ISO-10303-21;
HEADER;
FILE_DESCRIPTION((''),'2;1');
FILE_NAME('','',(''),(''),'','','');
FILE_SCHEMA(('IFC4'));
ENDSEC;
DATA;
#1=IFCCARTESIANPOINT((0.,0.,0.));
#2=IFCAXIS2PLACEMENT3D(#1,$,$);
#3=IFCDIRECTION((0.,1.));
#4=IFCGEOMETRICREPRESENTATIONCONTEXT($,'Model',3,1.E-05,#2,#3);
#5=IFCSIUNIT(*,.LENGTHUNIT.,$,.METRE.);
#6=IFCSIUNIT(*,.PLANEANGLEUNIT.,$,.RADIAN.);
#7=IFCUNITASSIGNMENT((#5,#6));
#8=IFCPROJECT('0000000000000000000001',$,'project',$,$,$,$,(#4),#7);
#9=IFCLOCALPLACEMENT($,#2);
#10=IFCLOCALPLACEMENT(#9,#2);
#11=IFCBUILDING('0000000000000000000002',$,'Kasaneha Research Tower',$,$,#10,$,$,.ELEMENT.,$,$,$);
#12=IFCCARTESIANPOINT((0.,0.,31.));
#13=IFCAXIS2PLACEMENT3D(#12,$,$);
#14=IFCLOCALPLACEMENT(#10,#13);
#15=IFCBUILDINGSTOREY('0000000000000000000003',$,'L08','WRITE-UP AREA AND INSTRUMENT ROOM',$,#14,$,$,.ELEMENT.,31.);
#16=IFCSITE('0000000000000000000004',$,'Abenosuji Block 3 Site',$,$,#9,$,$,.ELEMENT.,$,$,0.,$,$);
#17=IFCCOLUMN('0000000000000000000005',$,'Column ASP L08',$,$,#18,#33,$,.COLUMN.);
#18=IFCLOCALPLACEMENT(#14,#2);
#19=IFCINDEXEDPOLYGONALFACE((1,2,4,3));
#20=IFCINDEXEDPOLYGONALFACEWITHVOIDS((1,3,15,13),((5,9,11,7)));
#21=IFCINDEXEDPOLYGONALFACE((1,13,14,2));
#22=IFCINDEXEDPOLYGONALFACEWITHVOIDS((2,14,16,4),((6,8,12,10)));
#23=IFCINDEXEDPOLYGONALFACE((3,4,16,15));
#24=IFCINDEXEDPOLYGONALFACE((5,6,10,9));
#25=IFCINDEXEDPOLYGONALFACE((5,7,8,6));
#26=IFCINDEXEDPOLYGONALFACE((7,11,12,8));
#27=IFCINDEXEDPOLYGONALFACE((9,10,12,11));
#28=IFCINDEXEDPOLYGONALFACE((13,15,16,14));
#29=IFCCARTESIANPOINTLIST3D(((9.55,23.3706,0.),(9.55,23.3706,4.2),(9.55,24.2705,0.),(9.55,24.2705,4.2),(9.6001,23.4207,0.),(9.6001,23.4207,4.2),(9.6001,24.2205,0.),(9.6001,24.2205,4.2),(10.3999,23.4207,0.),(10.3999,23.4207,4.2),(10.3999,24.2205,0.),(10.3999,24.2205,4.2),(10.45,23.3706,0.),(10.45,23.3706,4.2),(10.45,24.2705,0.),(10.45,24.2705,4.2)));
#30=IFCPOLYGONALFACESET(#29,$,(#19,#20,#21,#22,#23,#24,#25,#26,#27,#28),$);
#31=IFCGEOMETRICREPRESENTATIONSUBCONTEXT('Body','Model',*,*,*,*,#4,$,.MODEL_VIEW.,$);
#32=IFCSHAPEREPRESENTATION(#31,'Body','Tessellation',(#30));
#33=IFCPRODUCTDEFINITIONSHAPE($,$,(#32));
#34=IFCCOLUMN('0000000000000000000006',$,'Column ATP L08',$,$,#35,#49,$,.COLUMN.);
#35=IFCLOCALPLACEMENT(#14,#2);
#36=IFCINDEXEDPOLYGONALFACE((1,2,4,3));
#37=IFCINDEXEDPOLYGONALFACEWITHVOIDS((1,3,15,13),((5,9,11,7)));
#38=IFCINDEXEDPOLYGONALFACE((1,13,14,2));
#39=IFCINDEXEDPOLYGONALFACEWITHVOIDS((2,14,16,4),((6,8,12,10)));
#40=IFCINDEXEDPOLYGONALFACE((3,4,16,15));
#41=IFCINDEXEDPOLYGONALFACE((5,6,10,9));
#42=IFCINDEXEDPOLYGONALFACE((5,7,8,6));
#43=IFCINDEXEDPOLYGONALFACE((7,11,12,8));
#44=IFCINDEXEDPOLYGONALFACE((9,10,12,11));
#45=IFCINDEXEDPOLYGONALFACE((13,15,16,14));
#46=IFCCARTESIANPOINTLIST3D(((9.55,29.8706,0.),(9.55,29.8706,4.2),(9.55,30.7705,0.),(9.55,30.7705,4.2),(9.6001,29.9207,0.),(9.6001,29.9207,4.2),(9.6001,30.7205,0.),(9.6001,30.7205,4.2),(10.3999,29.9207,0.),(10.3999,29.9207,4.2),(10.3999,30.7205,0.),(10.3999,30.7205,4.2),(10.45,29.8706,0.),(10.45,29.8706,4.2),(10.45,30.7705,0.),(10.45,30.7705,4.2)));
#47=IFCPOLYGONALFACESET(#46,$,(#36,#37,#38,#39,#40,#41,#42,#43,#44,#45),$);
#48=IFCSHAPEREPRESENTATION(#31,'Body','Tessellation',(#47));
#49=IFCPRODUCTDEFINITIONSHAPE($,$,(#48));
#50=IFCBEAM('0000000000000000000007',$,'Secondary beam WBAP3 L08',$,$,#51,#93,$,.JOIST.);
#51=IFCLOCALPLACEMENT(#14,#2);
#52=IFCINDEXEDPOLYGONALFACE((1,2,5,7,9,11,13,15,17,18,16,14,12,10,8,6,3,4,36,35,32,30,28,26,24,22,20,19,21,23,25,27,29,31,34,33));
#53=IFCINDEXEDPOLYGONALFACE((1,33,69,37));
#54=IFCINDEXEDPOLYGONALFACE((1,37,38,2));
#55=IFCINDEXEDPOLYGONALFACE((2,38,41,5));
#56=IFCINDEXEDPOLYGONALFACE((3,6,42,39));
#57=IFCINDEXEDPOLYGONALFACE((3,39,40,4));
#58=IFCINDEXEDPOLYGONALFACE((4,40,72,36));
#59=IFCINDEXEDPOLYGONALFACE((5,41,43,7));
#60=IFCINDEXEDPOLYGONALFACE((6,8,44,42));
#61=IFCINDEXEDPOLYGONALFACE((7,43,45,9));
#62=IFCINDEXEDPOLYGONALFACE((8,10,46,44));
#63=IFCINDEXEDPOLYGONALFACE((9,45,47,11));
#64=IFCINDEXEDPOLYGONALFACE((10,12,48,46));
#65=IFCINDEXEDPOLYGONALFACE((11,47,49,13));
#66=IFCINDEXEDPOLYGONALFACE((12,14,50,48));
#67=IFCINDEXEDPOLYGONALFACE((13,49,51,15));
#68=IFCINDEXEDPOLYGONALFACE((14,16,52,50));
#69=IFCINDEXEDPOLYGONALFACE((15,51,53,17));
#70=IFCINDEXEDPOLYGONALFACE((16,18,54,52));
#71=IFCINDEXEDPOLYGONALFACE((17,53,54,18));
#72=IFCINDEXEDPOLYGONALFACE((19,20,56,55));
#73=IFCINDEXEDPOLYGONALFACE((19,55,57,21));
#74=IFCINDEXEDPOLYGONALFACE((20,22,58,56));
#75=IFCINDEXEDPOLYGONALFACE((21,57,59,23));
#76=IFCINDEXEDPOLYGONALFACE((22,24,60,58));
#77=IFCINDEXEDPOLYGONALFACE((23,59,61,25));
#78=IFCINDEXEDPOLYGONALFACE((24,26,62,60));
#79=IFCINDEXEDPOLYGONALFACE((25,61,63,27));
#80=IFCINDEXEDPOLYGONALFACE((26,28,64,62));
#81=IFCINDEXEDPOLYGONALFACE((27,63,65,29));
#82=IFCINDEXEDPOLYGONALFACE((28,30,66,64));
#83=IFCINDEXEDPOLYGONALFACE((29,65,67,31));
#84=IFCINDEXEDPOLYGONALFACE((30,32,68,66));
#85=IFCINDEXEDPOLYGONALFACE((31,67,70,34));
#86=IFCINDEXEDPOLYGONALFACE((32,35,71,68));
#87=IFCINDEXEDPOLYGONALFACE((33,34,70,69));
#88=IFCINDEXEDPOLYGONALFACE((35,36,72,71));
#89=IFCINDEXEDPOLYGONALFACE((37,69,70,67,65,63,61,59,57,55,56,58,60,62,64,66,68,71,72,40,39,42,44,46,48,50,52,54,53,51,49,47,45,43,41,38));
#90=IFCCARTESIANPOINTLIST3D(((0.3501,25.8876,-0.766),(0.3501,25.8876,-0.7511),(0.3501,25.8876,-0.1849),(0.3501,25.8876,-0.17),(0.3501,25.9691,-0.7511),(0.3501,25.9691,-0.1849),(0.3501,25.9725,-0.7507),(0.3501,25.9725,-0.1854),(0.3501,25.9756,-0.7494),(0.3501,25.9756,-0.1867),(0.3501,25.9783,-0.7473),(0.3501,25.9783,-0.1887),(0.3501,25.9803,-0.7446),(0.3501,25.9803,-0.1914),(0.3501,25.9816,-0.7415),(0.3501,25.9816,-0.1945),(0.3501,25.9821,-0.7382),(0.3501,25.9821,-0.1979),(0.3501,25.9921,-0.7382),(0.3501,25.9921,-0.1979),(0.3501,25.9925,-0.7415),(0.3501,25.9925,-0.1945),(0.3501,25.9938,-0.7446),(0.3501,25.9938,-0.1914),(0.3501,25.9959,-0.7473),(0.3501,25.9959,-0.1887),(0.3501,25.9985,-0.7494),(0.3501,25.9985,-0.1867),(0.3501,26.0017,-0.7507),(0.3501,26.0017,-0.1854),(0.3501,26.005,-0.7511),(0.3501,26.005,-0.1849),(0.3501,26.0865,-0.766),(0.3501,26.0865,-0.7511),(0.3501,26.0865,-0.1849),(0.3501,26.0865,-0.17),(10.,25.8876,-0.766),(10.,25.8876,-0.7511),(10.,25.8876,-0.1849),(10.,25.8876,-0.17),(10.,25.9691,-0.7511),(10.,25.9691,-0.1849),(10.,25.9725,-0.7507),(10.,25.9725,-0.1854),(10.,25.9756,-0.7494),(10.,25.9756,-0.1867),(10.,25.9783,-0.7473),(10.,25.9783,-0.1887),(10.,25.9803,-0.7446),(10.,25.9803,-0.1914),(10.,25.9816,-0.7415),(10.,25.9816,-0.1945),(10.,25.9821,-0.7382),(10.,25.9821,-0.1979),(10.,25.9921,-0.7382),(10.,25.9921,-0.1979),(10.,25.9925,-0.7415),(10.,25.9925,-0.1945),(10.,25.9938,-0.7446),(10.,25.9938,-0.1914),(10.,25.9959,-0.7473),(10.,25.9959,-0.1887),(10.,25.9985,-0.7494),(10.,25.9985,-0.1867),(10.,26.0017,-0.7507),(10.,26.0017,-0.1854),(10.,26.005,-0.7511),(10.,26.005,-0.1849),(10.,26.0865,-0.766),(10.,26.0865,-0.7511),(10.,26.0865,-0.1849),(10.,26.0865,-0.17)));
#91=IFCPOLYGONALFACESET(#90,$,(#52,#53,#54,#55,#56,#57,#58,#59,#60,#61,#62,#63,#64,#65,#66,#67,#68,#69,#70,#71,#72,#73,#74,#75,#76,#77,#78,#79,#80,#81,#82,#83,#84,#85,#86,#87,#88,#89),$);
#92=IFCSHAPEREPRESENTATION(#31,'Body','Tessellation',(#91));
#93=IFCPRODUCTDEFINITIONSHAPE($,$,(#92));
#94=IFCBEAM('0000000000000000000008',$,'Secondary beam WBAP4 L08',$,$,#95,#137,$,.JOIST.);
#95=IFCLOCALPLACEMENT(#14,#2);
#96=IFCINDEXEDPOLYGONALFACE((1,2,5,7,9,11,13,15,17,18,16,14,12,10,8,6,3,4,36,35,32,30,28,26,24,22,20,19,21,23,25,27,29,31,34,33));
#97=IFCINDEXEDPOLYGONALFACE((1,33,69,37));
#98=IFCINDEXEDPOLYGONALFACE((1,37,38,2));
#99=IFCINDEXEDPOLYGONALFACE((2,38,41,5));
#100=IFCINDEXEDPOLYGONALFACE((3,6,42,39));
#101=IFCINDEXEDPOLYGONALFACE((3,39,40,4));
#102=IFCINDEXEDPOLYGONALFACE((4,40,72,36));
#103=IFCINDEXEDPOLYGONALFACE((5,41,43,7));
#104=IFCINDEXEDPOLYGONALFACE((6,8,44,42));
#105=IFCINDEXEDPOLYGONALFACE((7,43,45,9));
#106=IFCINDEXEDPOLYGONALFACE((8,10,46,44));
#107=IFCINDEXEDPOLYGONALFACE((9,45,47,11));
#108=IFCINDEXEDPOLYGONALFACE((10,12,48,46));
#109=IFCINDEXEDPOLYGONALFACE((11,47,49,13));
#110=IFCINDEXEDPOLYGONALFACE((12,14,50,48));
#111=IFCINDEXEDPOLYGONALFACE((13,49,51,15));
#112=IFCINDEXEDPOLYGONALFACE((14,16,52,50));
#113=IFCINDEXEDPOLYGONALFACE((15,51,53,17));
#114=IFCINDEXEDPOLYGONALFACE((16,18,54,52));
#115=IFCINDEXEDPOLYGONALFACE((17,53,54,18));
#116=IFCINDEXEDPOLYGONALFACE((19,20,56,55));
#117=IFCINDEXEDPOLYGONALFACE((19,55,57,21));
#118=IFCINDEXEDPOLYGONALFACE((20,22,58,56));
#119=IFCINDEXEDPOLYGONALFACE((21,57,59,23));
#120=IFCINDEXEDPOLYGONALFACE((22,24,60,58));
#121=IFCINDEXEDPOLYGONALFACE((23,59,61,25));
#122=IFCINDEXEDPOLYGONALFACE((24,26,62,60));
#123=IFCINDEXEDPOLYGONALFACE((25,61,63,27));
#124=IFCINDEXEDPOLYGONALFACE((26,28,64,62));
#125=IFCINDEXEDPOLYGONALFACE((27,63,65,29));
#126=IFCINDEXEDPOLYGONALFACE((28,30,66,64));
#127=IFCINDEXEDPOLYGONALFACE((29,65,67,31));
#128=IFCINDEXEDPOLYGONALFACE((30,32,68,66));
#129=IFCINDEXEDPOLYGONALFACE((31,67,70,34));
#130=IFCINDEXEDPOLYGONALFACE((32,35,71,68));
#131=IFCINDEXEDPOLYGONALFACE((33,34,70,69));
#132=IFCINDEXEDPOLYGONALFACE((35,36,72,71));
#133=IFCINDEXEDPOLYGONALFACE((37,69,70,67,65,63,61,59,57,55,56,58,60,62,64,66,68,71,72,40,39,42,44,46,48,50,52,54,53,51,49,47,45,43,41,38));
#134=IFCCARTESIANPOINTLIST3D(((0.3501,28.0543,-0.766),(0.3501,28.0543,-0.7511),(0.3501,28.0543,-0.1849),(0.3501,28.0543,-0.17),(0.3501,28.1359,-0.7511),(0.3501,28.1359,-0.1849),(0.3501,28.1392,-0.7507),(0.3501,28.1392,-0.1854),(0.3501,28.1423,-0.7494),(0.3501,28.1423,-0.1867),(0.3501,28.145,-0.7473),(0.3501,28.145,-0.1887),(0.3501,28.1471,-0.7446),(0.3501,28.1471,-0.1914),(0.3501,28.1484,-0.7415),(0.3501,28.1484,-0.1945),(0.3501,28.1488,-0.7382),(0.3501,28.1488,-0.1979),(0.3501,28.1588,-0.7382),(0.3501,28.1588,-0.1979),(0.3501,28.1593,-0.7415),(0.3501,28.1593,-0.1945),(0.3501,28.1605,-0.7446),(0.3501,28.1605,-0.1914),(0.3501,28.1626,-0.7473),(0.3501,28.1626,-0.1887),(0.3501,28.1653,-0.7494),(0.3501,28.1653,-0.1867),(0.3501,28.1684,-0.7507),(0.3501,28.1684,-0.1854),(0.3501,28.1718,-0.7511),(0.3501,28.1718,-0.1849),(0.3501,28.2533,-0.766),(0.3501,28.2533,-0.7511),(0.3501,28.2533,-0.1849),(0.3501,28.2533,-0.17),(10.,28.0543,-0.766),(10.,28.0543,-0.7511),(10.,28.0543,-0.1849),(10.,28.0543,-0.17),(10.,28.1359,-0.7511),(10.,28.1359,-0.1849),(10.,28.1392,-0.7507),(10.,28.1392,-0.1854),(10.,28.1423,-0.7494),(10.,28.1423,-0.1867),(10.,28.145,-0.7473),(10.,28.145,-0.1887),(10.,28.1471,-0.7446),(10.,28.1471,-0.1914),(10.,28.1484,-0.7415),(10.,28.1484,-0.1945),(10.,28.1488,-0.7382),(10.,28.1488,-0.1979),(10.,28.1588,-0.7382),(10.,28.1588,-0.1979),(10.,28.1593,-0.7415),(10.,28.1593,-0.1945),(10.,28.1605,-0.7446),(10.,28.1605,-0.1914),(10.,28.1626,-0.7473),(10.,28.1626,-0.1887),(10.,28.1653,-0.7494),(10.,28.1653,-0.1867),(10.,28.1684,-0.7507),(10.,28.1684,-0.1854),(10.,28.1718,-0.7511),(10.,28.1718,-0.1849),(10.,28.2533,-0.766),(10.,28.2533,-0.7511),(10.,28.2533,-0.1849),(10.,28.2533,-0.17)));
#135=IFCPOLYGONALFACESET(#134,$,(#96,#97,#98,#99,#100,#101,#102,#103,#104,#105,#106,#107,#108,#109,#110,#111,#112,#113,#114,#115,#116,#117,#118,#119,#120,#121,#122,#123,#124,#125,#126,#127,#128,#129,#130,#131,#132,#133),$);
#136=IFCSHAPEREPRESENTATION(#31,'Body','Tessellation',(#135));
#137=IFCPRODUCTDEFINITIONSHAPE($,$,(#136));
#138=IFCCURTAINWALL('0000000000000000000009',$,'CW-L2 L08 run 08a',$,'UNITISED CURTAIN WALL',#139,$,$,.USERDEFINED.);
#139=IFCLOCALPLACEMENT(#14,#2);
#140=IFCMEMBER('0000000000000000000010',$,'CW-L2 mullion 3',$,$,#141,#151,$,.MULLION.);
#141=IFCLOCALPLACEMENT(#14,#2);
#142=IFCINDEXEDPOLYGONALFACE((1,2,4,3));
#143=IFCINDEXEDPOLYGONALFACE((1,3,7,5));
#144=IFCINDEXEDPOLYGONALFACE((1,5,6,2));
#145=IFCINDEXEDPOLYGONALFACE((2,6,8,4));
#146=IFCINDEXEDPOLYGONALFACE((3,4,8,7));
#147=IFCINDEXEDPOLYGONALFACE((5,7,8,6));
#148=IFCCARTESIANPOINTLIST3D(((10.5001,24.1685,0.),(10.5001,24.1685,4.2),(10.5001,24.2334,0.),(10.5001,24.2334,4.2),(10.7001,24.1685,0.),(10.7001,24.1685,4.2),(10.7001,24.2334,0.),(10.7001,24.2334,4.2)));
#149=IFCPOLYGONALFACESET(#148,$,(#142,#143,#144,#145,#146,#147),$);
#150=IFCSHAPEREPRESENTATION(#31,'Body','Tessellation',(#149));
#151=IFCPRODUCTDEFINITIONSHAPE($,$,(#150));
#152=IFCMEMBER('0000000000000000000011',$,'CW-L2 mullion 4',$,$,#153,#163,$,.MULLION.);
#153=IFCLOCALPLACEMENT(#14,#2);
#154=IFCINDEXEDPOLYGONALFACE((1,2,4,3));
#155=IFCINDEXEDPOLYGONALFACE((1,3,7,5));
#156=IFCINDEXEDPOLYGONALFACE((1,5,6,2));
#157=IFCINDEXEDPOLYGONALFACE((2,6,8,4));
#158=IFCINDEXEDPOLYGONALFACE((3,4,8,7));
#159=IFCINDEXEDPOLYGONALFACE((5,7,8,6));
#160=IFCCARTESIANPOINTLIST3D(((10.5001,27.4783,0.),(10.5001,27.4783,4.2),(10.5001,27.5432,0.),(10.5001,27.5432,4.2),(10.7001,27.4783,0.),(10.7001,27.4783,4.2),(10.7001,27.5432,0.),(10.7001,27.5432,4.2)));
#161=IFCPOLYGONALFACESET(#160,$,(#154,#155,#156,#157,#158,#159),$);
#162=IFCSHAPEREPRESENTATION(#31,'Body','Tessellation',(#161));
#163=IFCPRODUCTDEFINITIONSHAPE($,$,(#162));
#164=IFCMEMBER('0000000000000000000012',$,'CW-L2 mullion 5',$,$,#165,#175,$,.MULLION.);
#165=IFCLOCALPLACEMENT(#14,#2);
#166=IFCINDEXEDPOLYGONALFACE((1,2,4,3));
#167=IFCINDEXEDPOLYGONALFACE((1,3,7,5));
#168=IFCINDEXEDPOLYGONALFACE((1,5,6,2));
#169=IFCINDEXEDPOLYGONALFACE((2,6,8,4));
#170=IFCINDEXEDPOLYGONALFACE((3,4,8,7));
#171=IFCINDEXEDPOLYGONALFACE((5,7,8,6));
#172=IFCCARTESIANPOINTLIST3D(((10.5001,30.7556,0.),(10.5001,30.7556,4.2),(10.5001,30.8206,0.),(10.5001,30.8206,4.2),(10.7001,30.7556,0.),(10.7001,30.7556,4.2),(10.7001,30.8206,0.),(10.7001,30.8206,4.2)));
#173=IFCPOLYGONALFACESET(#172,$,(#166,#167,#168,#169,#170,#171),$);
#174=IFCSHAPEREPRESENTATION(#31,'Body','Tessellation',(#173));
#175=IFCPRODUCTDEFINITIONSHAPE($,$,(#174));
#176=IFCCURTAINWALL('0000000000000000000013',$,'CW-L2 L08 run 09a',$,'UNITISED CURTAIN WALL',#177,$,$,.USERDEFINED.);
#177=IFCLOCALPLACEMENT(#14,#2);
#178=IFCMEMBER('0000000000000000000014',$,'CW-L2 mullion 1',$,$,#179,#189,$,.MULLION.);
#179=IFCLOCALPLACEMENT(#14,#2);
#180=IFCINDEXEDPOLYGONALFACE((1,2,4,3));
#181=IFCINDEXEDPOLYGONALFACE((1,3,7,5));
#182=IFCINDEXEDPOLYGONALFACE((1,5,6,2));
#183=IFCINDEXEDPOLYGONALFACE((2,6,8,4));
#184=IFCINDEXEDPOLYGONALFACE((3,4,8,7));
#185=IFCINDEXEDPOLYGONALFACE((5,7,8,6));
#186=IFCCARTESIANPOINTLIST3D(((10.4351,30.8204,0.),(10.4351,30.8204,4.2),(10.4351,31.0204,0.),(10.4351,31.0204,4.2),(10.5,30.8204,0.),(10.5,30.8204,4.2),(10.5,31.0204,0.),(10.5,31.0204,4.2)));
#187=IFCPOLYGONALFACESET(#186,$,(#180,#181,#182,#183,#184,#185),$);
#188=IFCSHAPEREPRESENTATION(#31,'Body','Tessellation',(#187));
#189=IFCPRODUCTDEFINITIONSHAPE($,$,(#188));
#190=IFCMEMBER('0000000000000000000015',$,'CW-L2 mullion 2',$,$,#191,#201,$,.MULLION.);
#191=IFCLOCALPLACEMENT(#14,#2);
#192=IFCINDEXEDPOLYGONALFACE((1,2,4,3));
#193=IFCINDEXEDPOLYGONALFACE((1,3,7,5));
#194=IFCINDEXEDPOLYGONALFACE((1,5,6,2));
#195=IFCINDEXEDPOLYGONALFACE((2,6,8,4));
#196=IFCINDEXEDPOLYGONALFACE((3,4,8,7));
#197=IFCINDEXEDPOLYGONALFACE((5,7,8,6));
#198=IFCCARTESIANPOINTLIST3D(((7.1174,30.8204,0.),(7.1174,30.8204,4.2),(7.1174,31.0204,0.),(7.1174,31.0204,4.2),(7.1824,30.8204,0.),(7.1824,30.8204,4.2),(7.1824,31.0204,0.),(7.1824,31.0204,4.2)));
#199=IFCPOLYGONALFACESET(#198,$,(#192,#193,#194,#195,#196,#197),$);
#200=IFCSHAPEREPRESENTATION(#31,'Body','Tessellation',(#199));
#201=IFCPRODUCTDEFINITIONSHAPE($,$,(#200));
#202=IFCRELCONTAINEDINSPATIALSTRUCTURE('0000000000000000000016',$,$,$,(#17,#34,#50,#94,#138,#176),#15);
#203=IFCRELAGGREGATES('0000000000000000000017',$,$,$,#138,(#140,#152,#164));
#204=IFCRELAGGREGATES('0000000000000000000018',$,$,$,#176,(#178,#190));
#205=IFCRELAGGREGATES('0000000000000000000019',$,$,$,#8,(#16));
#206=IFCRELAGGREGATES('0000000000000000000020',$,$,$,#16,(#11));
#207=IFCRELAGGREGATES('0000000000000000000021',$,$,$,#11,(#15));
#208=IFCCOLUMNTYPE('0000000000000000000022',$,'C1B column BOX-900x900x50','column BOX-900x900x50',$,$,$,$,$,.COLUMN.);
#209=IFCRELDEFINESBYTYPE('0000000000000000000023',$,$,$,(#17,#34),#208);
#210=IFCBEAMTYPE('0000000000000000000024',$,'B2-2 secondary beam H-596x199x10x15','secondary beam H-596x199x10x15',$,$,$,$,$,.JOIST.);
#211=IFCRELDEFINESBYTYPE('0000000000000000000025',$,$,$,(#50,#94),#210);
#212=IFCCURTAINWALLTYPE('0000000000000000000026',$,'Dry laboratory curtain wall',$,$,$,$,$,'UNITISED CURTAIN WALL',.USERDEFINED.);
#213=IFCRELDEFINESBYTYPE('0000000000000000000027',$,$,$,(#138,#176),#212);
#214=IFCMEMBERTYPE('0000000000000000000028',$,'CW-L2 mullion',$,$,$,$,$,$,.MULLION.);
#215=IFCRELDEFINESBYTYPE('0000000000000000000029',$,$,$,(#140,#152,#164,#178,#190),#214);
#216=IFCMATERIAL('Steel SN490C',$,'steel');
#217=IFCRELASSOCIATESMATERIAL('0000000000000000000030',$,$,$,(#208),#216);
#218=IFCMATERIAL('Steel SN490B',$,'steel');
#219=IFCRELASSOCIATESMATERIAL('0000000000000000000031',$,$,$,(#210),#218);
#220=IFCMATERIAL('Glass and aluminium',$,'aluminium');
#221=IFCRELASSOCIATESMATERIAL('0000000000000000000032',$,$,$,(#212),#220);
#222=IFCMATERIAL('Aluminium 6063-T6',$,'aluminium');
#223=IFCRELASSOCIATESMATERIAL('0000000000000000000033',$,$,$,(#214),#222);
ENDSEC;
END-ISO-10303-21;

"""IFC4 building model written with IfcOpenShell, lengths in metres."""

from ifc_helpers import new_model, si_unit, direction, frame, origin, origin_2d, place, context, subcontext, project, spatial, rectangle, hollow_rectangle, i_section, extrude, material, material_profile, profile_set, type_object, element, aggregate, save


model = new_model("IFC4")

# Units and contexts
model_context = context("Model", 3, precision=1e-05, world=origin(), true_north=direction((0.0, 1.0)))
body_context = subcontext(model_context, "Body", "Model", "MODEL_VIEW")
ifc_project = project(units=[si_unit("LENGTHUNIT", "METRE"), si_unit("PLANEANGLEUNIT", "RADIAN")], contexts=[model_context])

# Site, building, storey
site_placement = place(None, origin())
site = spatial("IfcSite", under=ifc_project, at=site_placement, Name="Abenosuji Block 3 Site", CompositionType="ELEMENT", RefElevation=0.0)
building_placement = place(site_placement, origin())
building = spatial("IfcBuilding", under=site, at=building_placement, Name="Kasaneha Research Tower", CompositionType="ELEMENT")
storey_placement = place(building_placement, frame((0.0, 0.0, 31.0)))
storey = spatial("IfcBuildingStorey", under=building, at=storey_placement, Name="L08", Description="WRITE-UP AREA AND INSTRUMENT ROOM", CompositionType="ELEMENT", Elevation=31.0)

# Columns
ifc_material_1 = material(Name="Steel SN490C", Category="steel")
ifc_material_profile_1 = material_profile(ifc_material_1, hollow_rectangle(XDim=0.8999, YDim=0.8999, WallThickness=0.05, at=origin_2d()), Name="BOX-900x900x50")
ifc_profile_set_1 = profile_set([ifc_material_profile_1], Name="Steel SN490C")
column_type = type_object("IfcColumnType", Name="C1B column BOX-900x900x50", Description="column BOX-900x900x50", PredefinedType="COLUMN", material=ifc_profile_set_1)
for number, where, z_axis, x_axis, name in (
    (1, (10.0, 23.8206, 0.0), (0.0, 0.0, 1.0), (1.0, 0.0, 0.0), "Column ASP L08"),
    (2, (10.0, 30.3206, 0.0), (0.0, 0.0, 1.0), (1.0, 0.0, 0.0), "Column ATP L08"),
):
    element("IfcColumn", number, at=place(storey_placement, frame(where, z_axis=z_axis, x_axis=x_axis)), inside=storey, type_object=column_type, Name=name, PredefinedType="COLUMN", context=body_context, shape_type="SweptSolid", body=[
        extrude(hollow_rectangle(XDim=0.8999, YDim=0.8999, WallThickness=0.05, at=origin_2d()), origin(), (0.0, 0.0, 1.0), 4.2),
    ])

# Beams
ifc_material_2 = material(Name="Steel SN490B", Category="steel")
ifc_material_profile_2 = material_profile(ifc_material_2, i_section(OverallWidth=0.199, OverallDepth=0.5959, WebThickness=0.01, FlangeThickness=0.0149, FilletRadius=0.0129, at=origin_2d()), Name="H-596x199x10x15")
ifc_profile_set_2 = profile_set([ifc_material_profile_2], Name="Steel SN490B")
beam_type_1 = type_object("IfcBeamType", Name="B2-2 secondary beam H-596x199x10x15", Description="secondary beam H-596x199x10x15", PredefinedType="JOIST", material=ifc_profile_set_2)
for number, where, z_axis, x_axis, name in (
    (3, (10.0, 25.9871, -0.468), (-1.0, 0.0, 0.0), (0.0, -1.0, 0.0), "Secondary beam WBAP3 L08"),
    (4, (10.0, 28.1538, -0.468), (-1.0, 0.0, 0.0), (0.0, -1.0, 0.0), "Secondary beam WBAP4 L08"),
):
    element("IfcBeam", number, at=place(storey_placement, frame(where, z_axis=z_axis, x_axis=x_axis)), inside=storey, type_object=beam_type_1, Name=name, PredefinedType="JOIST", context=body_context, shape_type="SweptSolid", body=[
        extrude(i_section(OverallWidth=0.199, OverallDepth=0.5959, WebThickness=0.01, FlangeThickness=0.0149, FilletRadius=0.0129, at=origin_2d()), origin(), (0.0, 0.0, 1.0), 9.6499),
    ])

# Curtain walls, members
ifc_material_3 = material(Name="Glass and aluminium", Category="aluminium")
curtain_wall_type = type_object("IfcCurtainWallType", Name="Dry laboratory curtain wall", ElementType="UNITISED CURTAIN WALL", PredefinedType="USERDEFINED", material=ifc_material_3)
curtain_wall_1_placement = place(storey_placement, origin())
curtain_wall_1 = element("IfcCurtainWall", 5, at=curtain_wall_1_placement, inside=storey, type_object=curtain_wall_type, Name="CW-L2 L08 run 08a", ObjectType="UNITISED CURTAIN WALL", PredefinedType="USERDEFINED")
ifc_material_4 = material(Name="Aluminium 6063-T6", Category="aluminium")
ifc_material_profile_3 = material_profile(ifc_material_4, rectangle(XDim=0.0649, YDim=0.2, at=origin_2d()), Name="CW-L2 mullion 65x200")
ifc_profile_set_3 = profile_set([ifc_material_profile_3], Name="Aluminium 6063-T6")
member_type_1 = type_object("IfcMemberType", Name="CW-L2 mullion", PredefinedType="MULLION", material=ifc_profile_set_3)
member_1_placement = place(storey_placement, frame((10.6001, 24.2009, 0.0), z_axis=(0.0, 0.0, 1.0), x_axis=(0.0, 1.0, 0.0)))
member_1 = element("IfcMember", 6, at=member_1_placement, type_object=member_type_1, Name="CW-L2 mullion 3", PredefinedType="MULLION", context=body_context, shape_type="SweptSolid", body=[
    extrude(rectangle(XDim=0.0649, YDim=0.2, at=origin_2d()), origin(), (0.0, 0.0, 1.0), 4.2),
])
member_2_placement = place(storey_placement, frame((10.6001, 27.5107, 0.0), z_axis=(0.0, 0.0, 1.0), x_axis=(0.0, 1.0, 0.0)))
member_2 = element("IfcMember", 7, at=member_2_placement, type_object=member_type_1, Name="CW-L2 mullion 4", PredefinedType="MULLION", context=body_context, shape_type="SweptSolid", body=[
    extrude(rectangle(XDim=0.0649, YDim=0.2, at=origin_2d()), origin(), (0.0, 0.0, 1.0), 4.2),
])
member_3_placement = place(storey_placement, frame((10.6001, 30.7881, 0.0), z_axis=(0.0, 0.0, 1.0), x_axis=(0.0, 1.0, 0.0)))
member_3 = element("IfcMember", 8, at=member_3_placement, type_object=member_type_1, Name="CW-L2 mullion 5", PredefinedType="MULLION", context=body_context, shape_type="SweptSolid", body=[
    extrude(rectangle(XDim=0.0649, YDim=0.2, at=origin_2d()), origin(), (0.0, 0.0, 1.0), 4.2),
])
curtain_wall_2_placement = place(storey_placement, origin())
curtain_wall_2 = element("IfcCurtainWall", 9, at=curtain_wall_2_placement, inside=storey, type_object=curtain_wall_type, Name="CW-L2 L08 run 09a", ObjectType="UNITISED CURTAIN WALL", PredefinedType="USERDEFINED")
member_4_placement = place(storey_placement, frame((10.4675, 30.9204, 0.0), z_axis=(0.0, 0.0, 1.0), x_axis=(-1.0, 0.0, 0.0)))
member_4 = element("IfcMember", 10, at=member_4_placement, type_object=member_type_1, Name="CW-L2 mullion 1", PredefinedType="MULLION", context=body_context, shape_type="SweptSolid", body=[
    extrude(rectangle(XDim=0.0649, YDim=0.2, at=origin_2d()), origin(), (0.0, 0.0, 1.0), 4.2),
])
member_5_placement = place(storey_placement, frame((7.1499, 30.9204, 0.0), z_axis=(0.0, 0.0, 1.0), x_axis=(-1.0, 0.0, 0.0)))
member_5 = element("IfcMember", 11, at=member_5_placement, type_object=member_type_1, Name="CW-L2 mullion 2", PredefinedType="MULLION", context=body_context, shape_type="SweptSolid", body=[
    extrude(rectangle(XDim=0.0649, YDim=0.2, at=origin_2d()), origin(), (0.0, 0.0, 1.0), 4.2),
])

aggregate(curtain_wall_1, [member_1, member_2, member_3])
aggregate(curtain_wall_2, [member_4, member_5])

save(model, "model.ifc")
